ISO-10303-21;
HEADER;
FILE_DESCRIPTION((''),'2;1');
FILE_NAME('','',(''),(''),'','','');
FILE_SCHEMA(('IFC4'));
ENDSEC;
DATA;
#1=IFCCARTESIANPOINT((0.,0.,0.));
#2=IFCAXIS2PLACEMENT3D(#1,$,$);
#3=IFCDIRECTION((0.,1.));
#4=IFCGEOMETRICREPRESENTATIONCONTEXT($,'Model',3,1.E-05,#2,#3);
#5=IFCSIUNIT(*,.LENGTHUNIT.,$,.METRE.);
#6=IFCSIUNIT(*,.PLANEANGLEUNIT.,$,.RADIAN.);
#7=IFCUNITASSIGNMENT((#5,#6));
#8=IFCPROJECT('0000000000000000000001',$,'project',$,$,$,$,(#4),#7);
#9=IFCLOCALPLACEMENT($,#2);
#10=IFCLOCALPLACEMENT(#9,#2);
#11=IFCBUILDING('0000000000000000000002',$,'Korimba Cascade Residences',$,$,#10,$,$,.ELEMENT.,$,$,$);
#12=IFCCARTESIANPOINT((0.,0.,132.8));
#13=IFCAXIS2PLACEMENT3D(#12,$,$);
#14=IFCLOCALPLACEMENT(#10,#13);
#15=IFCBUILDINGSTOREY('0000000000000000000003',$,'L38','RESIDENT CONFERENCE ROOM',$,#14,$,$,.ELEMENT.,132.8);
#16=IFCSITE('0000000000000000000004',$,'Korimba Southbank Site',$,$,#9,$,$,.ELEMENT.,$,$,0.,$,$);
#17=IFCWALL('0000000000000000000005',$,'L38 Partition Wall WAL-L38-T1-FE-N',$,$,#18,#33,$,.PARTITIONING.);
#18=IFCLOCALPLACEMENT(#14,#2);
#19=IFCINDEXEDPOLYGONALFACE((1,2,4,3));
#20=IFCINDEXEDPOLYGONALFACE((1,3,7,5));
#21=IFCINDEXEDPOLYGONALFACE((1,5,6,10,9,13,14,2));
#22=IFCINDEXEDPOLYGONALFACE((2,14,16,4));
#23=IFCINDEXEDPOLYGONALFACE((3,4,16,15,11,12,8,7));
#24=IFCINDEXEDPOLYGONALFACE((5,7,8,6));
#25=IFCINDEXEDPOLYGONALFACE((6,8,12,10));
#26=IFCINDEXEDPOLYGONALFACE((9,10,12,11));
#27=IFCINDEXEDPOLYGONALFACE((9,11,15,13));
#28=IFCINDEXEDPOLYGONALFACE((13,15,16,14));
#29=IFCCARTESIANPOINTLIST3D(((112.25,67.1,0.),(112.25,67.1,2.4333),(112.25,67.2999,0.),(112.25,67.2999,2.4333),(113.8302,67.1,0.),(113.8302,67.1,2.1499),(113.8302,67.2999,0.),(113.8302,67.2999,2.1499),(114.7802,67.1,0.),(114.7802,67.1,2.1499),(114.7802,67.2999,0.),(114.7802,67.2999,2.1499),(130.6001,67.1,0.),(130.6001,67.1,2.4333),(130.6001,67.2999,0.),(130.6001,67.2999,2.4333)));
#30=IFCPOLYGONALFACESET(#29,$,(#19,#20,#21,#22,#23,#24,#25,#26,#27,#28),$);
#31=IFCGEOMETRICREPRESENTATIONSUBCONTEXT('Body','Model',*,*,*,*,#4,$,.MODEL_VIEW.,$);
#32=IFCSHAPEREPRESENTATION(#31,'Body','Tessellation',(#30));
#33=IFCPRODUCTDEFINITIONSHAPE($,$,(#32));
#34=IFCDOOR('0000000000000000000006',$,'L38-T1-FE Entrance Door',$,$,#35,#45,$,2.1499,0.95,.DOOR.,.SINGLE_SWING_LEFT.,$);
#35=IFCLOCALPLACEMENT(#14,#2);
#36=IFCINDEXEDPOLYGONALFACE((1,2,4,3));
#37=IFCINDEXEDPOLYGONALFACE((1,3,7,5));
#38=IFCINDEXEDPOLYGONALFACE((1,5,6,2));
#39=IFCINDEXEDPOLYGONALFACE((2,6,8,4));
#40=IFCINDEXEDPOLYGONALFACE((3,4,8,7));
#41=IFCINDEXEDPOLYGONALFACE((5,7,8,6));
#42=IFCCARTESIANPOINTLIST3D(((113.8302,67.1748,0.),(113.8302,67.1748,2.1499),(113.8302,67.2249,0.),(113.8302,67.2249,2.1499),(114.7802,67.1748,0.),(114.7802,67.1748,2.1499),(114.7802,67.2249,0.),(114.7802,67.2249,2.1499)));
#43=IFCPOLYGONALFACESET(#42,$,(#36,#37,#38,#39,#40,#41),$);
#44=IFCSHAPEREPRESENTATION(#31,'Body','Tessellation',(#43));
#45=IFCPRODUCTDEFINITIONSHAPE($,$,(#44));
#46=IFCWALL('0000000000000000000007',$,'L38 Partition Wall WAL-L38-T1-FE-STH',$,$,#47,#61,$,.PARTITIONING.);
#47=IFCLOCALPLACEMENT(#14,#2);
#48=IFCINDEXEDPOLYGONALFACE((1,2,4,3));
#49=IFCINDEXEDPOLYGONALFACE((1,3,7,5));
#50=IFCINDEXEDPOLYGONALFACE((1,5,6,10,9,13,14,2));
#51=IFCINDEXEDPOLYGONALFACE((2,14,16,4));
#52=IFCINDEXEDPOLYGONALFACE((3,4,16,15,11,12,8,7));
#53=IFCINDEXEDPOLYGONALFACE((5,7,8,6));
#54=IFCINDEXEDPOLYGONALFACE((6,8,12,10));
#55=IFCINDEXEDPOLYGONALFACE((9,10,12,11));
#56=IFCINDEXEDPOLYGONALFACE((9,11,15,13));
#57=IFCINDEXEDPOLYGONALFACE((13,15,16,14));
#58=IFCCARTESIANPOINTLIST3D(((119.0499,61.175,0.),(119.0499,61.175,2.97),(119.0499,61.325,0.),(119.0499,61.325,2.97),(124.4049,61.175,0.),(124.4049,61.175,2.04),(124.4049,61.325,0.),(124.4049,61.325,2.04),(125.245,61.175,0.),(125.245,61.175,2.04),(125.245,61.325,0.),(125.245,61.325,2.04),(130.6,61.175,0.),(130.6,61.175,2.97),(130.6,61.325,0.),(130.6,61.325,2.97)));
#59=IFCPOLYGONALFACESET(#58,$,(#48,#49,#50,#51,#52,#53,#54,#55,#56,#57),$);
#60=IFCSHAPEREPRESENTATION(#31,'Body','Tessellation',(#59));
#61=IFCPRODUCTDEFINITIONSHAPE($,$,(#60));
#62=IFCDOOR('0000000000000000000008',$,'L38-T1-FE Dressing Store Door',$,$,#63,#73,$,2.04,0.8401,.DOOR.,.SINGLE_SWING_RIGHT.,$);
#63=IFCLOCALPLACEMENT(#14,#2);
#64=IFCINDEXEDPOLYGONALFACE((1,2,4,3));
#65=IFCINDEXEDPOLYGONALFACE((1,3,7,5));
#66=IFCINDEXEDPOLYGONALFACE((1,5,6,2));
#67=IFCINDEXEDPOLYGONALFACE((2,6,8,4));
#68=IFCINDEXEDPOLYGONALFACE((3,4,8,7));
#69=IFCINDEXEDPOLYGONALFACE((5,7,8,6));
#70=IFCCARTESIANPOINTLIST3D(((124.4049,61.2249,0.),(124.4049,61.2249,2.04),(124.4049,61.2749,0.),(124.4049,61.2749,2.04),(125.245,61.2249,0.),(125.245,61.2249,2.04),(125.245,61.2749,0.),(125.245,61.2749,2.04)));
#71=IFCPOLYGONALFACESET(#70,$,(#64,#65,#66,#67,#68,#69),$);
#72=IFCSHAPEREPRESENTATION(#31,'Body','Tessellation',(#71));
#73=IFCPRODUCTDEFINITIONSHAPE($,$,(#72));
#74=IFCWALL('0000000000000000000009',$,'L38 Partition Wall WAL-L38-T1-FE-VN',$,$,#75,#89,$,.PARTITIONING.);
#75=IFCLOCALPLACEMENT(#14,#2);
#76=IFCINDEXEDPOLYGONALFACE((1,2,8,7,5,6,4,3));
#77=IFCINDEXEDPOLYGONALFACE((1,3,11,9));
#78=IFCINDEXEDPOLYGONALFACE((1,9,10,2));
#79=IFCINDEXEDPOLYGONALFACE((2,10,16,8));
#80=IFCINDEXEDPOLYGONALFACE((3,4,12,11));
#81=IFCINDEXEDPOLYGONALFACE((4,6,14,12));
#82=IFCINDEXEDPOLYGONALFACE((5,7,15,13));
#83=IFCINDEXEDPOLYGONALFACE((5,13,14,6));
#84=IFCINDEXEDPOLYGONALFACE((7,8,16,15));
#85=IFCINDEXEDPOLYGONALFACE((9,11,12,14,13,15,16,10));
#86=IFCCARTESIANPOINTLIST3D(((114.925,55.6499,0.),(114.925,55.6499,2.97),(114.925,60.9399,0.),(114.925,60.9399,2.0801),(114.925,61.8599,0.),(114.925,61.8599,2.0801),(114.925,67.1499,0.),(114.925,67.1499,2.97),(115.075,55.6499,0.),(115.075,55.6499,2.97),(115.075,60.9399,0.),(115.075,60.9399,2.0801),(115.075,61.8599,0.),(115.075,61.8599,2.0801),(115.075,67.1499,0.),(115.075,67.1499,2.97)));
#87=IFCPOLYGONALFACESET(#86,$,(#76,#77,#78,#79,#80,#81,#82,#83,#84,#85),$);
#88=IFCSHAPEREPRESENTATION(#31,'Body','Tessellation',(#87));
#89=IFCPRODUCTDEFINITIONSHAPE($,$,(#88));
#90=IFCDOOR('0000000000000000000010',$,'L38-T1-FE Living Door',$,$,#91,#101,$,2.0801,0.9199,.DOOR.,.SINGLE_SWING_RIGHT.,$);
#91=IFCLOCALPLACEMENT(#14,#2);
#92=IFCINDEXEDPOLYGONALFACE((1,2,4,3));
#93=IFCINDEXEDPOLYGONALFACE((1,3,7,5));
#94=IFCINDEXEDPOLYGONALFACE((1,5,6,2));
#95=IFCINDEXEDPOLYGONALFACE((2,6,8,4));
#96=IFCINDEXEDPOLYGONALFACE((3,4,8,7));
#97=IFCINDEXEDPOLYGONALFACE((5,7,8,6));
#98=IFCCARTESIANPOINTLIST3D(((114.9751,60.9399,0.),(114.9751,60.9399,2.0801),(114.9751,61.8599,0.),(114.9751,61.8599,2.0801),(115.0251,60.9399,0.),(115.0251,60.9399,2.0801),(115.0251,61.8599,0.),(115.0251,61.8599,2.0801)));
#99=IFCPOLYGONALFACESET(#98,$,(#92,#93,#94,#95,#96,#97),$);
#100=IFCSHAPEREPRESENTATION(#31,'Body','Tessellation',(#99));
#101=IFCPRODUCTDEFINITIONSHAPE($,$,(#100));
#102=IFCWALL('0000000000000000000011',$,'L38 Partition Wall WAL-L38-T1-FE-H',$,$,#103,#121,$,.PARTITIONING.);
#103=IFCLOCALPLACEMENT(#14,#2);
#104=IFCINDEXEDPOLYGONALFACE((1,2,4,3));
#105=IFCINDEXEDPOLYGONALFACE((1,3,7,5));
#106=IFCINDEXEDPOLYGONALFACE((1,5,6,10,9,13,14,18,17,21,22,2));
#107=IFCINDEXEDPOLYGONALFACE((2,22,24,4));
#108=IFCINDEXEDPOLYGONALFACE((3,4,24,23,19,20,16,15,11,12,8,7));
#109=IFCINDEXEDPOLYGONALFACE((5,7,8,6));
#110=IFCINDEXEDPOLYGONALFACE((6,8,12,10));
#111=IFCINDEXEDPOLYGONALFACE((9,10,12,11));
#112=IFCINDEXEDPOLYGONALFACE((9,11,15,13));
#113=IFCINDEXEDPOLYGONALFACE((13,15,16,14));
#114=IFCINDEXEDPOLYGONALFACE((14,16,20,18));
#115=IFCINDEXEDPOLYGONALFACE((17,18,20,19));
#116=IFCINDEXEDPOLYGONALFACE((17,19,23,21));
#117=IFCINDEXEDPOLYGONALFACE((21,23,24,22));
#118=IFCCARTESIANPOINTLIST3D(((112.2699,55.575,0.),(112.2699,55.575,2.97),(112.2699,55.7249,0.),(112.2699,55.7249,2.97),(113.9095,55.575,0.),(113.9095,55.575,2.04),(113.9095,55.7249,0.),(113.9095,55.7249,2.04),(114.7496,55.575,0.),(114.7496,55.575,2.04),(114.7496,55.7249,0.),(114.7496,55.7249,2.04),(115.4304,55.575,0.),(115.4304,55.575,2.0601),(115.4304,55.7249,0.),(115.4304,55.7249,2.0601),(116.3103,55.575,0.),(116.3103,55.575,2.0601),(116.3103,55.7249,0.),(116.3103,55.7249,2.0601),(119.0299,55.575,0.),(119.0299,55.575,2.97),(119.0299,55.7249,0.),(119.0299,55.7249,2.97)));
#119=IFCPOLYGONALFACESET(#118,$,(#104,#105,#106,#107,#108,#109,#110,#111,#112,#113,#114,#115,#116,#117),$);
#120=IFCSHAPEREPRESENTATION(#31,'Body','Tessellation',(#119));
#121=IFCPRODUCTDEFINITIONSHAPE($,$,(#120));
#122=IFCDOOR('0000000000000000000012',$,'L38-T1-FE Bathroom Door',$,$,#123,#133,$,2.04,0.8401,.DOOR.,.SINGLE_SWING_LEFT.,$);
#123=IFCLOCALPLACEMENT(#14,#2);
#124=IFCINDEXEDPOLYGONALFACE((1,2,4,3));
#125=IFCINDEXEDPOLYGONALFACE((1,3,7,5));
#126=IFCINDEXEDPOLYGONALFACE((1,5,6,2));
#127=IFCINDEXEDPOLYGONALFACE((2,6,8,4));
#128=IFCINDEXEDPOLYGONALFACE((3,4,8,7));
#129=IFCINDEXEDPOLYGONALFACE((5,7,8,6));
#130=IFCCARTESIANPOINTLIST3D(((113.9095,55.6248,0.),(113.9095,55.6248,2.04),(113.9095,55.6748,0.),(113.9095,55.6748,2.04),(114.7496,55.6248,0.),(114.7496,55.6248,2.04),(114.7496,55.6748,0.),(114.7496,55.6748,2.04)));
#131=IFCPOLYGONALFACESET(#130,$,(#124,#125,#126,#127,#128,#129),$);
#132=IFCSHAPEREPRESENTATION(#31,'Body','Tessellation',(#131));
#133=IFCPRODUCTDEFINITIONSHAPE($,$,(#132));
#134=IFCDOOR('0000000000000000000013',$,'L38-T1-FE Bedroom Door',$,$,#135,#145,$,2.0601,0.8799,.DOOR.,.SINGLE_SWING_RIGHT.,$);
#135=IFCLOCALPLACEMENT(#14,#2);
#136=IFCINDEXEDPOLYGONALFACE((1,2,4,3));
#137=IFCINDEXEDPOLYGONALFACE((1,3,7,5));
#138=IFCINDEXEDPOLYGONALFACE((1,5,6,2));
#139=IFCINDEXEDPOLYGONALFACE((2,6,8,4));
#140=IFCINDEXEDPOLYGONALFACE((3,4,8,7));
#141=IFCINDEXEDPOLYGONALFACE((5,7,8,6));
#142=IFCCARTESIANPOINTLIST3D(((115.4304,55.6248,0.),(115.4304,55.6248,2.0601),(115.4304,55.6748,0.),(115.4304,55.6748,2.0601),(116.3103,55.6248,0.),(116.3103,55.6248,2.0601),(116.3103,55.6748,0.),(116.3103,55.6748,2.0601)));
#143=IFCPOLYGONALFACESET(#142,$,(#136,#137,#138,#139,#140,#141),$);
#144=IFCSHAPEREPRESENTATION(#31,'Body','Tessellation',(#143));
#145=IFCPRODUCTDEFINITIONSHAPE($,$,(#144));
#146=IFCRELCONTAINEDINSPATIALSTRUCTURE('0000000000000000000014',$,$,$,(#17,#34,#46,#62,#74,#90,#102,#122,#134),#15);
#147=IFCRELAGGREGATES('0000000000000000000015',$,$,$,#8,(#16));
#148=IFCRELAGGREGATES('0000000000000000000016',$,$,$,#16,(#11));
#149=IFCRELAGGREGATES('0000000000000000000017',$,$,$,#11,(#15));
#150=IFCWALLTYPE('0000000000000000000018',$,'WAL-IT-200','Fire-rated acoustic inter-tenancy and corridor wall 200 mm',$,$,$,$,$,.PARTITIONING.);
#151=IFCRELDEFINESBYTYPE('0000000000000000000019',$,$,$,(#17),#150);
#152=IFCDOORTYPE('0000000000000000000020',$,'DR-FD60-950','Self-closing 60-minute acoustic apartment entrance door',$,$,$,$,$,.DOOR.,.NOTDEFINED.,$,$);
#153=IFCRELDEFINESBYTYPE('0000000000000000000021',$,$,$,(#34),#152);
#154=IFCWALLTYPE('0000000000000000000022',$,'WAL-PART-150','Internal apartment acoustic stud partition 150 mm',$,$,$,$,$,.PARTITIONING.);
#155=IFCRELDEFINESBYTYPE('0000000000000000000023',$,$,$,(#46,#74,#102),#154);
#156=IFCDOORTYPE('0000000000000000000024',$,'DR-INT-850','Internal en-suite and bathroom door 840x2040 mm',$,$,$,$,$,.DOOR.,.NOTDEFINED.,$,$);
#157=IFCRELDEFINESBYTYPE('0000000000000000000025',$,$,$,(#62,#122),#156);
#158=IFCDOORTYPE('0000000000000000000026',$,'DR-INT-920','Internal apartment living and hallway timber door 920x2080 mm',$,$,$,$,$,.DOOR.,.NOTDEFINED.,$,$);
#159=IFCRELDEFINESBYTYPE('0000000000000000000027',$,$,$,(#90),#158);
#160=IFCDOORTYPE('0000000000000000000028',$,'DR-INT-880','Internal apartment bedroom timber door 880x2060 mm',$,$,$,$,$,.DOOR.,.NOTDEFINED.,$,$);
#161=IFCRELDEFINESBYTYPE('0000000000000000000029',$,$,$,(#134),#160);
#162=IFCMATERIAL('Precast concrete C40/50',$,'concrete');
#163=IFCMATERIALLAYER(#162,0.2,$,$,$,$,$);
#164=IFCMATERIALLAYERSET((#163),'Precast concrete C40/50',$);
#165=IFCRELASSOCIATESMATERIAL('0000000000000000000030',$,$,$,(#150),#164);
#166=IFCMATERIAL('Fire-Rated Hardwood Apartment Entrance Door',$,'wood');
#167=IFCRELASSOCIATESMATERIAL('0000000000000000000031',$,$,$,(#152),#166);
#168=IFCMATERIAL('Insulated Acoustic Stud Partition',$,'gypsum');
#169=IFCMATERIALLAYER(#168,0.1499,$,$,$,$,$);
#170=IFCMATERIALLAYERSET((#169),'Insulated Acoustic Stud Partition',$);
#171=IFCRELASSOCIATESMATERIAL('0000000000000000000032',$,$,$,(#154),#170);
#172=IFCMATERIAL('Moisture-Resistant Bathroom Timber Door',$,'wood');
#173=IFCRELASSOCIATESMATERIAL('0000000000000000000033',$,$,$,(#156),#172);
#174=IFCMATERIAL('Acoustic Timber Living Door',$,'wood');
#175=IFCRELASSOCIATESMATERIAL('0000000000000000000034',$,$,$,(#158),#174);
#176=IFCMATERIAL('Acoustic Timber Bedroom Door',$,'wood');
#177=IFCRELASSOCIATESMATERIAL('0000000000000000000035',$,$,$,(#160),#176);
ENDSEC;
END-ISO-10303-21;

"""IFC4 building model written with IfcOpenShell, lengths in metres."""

from ifc_helpers import new_model, si_unit, direction, frame, frame_2d, origin, place, context, subcontext, project, spatial, rectangle, extrude, material, layer, layer_set, type_object, element, fill, save


model = new_model("IFC4")

# Units and contexts
model_context = context("Model", 3, precision=1e-05, world=origin(), true_north=direction((0.0, 1.0)))
body_context = subcontext(model_context, "Body", "Model", "MODEL_VIEW")
ifc_project = project(units=[si_unit("LENGTHUNIT", "METRE"), si_unit("PLANEANGLEUNIT", "RADIAN")], contexts=[model_context])

# Site, building, storey
site_placement = place(None, origin())
site = spatial("IfcSite", under=ifc_project, at=site_placement, Name="Korimba Southbank Site", CompositionType="ELEMENT", RefElevation=0.0)
building_placement = place(site_placement, origin())
building = spatial("IfcBuilding", under=site, at=building_placement, Name="Korimba Cascade Residences", CompositionType="ELEMENT")
storey_placement = place(building_placement, frame((0.0, 0.0, 132.8)))
storey = spatial("IfcBuildingStorey", under=building, at=storey_placement, Name="L38", Description="RESIDENT CONFERENCE ROOM", CompositionType="ELEMENT", Elevation=132.8)

# Walls, openings, doors
ifc_material_1 = material(Name="Precast concrete C40/50", Category="concrete")
ifc_layer_1 = layer(ifc_material_1, 0.2)
ifc_layer_set_1 = layer_set([ifc_layer_1], Name="Precast concrete C40/50")
wall_type_1 = type_object("IfcWallType", Name="WAL-IT-200", Description="Fire-rated acoustic inter-tenancy and corridor wall 200 mm", PredefinedType="PARTITIONING", material=ifc_layer_set_1)
wall_1_placement = place(storey_placement, frame((112.25, 67.2, 0.0), z_axis=(0.0, 0.0, 1.0), x_axis=(1.0, 0.0, 0.0)))
wall_1 = element("IfcWall", 1, at=wall_1_placement, inside=storey, type_object=wall_type_1, Name="L38 Partition Wall WAL-L38-T1-FE-N", PredefinedType="PARTITIONING", context=body_context, shape_type="SweptSolid", body=[
    extrude(rectangle(XDim=18.3501, YDim=0.2, at=frame_2d((9.175, 0.0))), origin(), (0.0, 0.0, 1.0), 2.4333),
])
opening_1_placement = place(wall_1_placement, frame((1.5801, 0.0, 0.0)))
opening_1 = element("IfcOpeningElement", 2, at=opening_1_placement, cuts=wall_1, PredefinedType="OPENING", context=body_context, shape_type="SweptSolid", body=[
    extrude(rectangle(XDim=0.95, YDim=2.1499, at=frame_2d((0.4751, 1.075))), frame((0.0, 0.1099, 0.0), z_axis=(0.0, -1.0, 0.0), x_axis=(1.0, 0.0, 0.0)), (0.0, 0.0, 1.0), 0.22),
])
ifc_material_2 = material(Name="Fire-Rated Hardwood Apartment Entrance Door", Category="wood")
door_type_1 = type_object("IfcDoorType", Name="DR-FD60-950", Description="Self-closing 60-minute acoustic apartment entrance door", OperationType="NOTDEFINED", PredefinedType="DOOR", material=ifc_material_2)
door_1_placement = place(opening_1_placement, origin())
door_1 = element("IfcDoor", 3, at=door_1_placement, inside=storey, type_object=door_type_1, Name="L38-T1-FE Entrance Door", OperationType="SINGLE_SWING_LEFT", OverallHeight=2.1499, OverallWidth=0.95, PredefinedType="DOOR", context=body_context, shape_type="SweptSolid", body=[
    extrude(rectangle(XDim=0.95, YDim=2.1499, at=frame_2d((0.4751, 1.075))), frame((0.0, 0.0249, 0.0), z_axis=(0.0, -1.0, 0.0), x_axis=(1.0, 0.0, 0.0)), (0.0, 0.0, 1.0), 0.05),
])
fill(opening_1, door_1)
ifc_material_3 = material(Name="Insulated Acoustic Stud Partition", Category="gypsum")
ifc_layer_2 = layer(ifc_material_3, 0.1499)
ifc_layer_set_2 = layer_set([ifc_layer_2], Name="Insulated Acoustic Stud Partition")
wall_type_2 = type_object("IfcWallType", Name="WAL-PART-150", Description="Internal apartment acoustic stud partition 150 mm", PredefinedType="PARTITIONING", material=ifc_layer_set_2)
wall_2_placement = place(storey_placement, frame((119.05, 61.25, 0.0), z_axis=(0.0, 0.0, 1.0), x_axis=(1.0, 0.0, 0.0)))
wall_2 = element("IfcWall", 4, at=wall_2_placement, inside=storey, type_object=wall_type_2, Name="L38 Partition Wall WAL-L38-T1-FE-STH", PredefinedType="PARTITIONING", context=body_context, shape_type="SweptSolid", body=[
    extrude(rectangle(XDim=11.55, YDim=0.1499, at=frame_2d((5.7749, 0.0))), origin(), (0.0, 0.0, 1.0), 2.97),
])
opening_2_placement = place(wall_2_placement, frame((5.355, 0.0, 0.0)))
opening_2 = element("IfcOpeningElement", 5, at=opening_2_placement, cuts=wall_2, PredefinedType="OPENING", context=body_context, shape_type="SweptSolid", body=[
    extrude(rectangle(XDim=0.8401, YDim=2.04, at=frame_2d((0.4199, 1.02))), frame((0.0, 0.085, 0.0), z_axis=(0.0, -1.0, 0.0), x_axis=(1.0, 0.0, 0.0)), (0.0, 0.0, 1.0), 0.1699),
])
ifc_material_4 = material(Name="Moisture-Resistant Bathroom Timber Door", Category="wood")
door_type_2 = type_object("IfcDoorType", Name="DR-INT-850", Description="Internal en-suite and bathroom door 840x2040 mm", OperationType="NOTDEFINED", PredefinedType="DOOR", material=ifc_material_4)
door_2_placement = place(opening_2_placement, origin())
door_2 = element("IfcDoor", 6, at=door_2_placement, inside=storey, type_object=door_type_2, Name="L38-T1-FE Dressing Store Door", OperationType="SINGLE_SWING_RIGHT", OverallHeight=2.04, OverallWidth=0.8401, PredefinedType="DOOR", context=body_context, shape_type="SweptSolid", body=[
    extrude(rectangle(XDim=0.8401, YDim=2.04, at=frame_2d((0.4199, 1.02))), frame((0.0, 0.0249, 0.0), z_axis=(0.0, -1.0, 0.0), x_axis=(1.0, 0.0, 0.0)), (0.0, 0.0, 1.0), 0.05),
])
fill(opening_2, door_2)
wall_3_placement = place(storey_placement, frame((115.0, 55.6499, 0.0), z_axis=(0.0, 0.0, 1.0), x_axis=(0.0, 1.0, 0.0)))
wall_3 = element("IfcWall", 7, at=wall_3_placement, inside=storey, type_object=wall_type_2, Name="L38 Partition Wall WAL-L38-T1-FE-VN", PredefinedType="PARTITIONING", context=body_context, shape_type="SweptSolid", body=[
    extrude(rectangle(XDim=11.5, YDim=0.1499, at=frame_2d((5.75, 0.0))), origin(), (0.0, 0.0, 1.0), 2.97),
])
opening_3_placement = place(wall_3_placement, frame((5.29, 0.0, 0.0)))
opening_3 = element("IfcOpeningElement", 8, at=opening_3_placement, cuts=wall_3, PredefinedType="OPENING", context=body_context, shape_type="SweptSolid", body=[
    extrude(rectangle(XDim=0.9199, YDim=2.0801, at=frame_2d((0.46, 1.04))), frame((0.0, 0.085, 0.0), z_axis=(0.0, -1.0, 0.0), x_axis=(1.0, 0.0, 0.0)), (0.0, 0.0, 1.0), 0.1699),
])
ifc_material_5 = material(Name="Acoustic Timber Living Door", Category="wood")
door_type_3 = type_object("IfcDoorType", Name="DR-INT-920", Description="Internal apartment living and hallway timber door 920x2080 mm", OperationType="NOTDEFINED", PredefinedType="DOOR", material=ifc_material_5)
door_3_placement = place(opening_3_placement, origin())
door_3 = element("IfcDoor", 9, at=door_3_placement, inside=storey, type_object=door_type_3, Name="L38-T1-FE Living Door", OperationType="SINGLE_SWING_RIGHT", OverallHeight=2.0801, OverallWidth=0.9199, PredefinedType="DOOR", context=body_context, shape_type="SweptSolid", body=[
    extrude(rectangle(XDim=0.9199, YDim=2.0801, at=frame_2d((0.46, 1.04))), frame((0.0, 0.0249, 0.0), z_axis=(0.0, -1.0, 0.0), x_axis=(1.0, 0.0, 0.0)), (0.0, 0.0, 1.0), 0.05),
])
fill(opening_3, door_3)

# Wall, openings, doors
wall_4_placement = place(storey_placement, frame((112.27, 55.6499, 0.0), z_axis=(0.0, 0.0, 1.0), x_axis=(1.0, 0.0, 0.0)))
wall_4 = element("IfcWall", 10, at=wall_4_placement, inside=storey, type_object=wall_type_2, Name="L38 Partition Wall WAL-L38-T1-FE-H", PredefinedType="PARTITIONING", context=body_context, shape_type="SweptSolid", body=[
    extrude(rectangle(XDim=6.76, YDim=0.1499, at=frame_2d((3.3799, 0.0))), origin(), (0.0, 0.0, 1.0), 2.97),
])
opening_4_placement = place(wall_4_placement, frame((1.6396, 0.0, 0.0)))
opening_4 = element("IfcOpeningElement", 11, at=opening_4_placement, cuts=wall_4, PredefinedType="OPENING", context=body_context, shape_type="SweptSolid", body=[
    extrude(rectangle(XDim=0.8401, YDim=2.04, at=frame_2d((0.4199, 1.02))), frame((0.0, 0.085, 0.0), z_axis=(0.0, -1.0, 0.0), x_axis=(1.0, 0.0, 0.0)), (0.0, 0.0, 1.0), 0.1699),
])
opening_5_placement = place(wall_4_placement, frame((3.1604, 0.0, 0.0)))
opening_5 = element("IfcOpeningElement", 12, at=opening_5_placement, cuts=wall_4, PredefinedType="OPENING", context=body_context, shape_type="SweptSolid", body=[
    extrude(rectangle(XDim=0.8799, YDim=2.0601, at=frame_2d((0.4399, 1.03))), frame((0.0, 0.085, 0.0), z_axis=(0.0, -1.0, 0.0), x_axis=(1.0, 0.0, 0.0)), (0.0, 0.0, 1.0), 0.1699),
])
door_4_placement = place(opening_4_placement, origin())
door_4 = element("IfcDoor", 13, at=door_4_placement, inside=storey, type_object=door_type_2, Name="L38-T1-FE Bathroom Door", OperationType="SINGLE_SWING_LEFT", OverallHeight=2.04, OverallWidth=0.8401, PredefinedType="DOOR", context=body_context, shape_type="SweptSolid", body=[
    extrude(rectangle(XDim=0.8401, YDim=2.04, at=frame_2d((0.4199, 1.02))), frame((0.0, 0.0249, 0.0), z_axis=(0.0, -1.0, 0.0), x_axis=(1.0, 0.0, 0.0)), (0.0, 0.0, 1.0), 0.05),
])
fill(opening_4, door_4)
ifc_material_6 = material(Name="Acoustic Timber Bedroom Door", Category="wood")
door_type_4 = type_object("IfcDoorType", Name="DR-INT-880", Description="Internal apartment bedroom timber door 880x2060 mm", OperationType="NOTDEFINED", PredefinedType="DOOR", material=ifc_material_6)
door_5_placement = place(opening_5_placement, origin())
door_5 = element("IfcDoor", 14, at=door_5_placement, inside=storey, type_object=door_type_4, Name="L38-T1-FE Bedroom Door", OperationType="SINGLE_SWING_RIGHT", OverallHeight=2.0601, OverallWidth=0.8799, PredefinedType="DOOR", context=body_context, shape_type="SweptSolid", body=[
    extrude(rectangle(XDim=0.8799, YDim=2.0601, at=frame_2d((0.4399, 1.03))), frame((0.0, 0.0249, 0.0), z_axis=(0.0, -1.0, 0.0), x_axis=(1.0, 0.0, 0.0)), (0.0, 0.0, 1.0), 0.05),
])
fill(opening_5, door_5)

save(model, "model.ifc")
